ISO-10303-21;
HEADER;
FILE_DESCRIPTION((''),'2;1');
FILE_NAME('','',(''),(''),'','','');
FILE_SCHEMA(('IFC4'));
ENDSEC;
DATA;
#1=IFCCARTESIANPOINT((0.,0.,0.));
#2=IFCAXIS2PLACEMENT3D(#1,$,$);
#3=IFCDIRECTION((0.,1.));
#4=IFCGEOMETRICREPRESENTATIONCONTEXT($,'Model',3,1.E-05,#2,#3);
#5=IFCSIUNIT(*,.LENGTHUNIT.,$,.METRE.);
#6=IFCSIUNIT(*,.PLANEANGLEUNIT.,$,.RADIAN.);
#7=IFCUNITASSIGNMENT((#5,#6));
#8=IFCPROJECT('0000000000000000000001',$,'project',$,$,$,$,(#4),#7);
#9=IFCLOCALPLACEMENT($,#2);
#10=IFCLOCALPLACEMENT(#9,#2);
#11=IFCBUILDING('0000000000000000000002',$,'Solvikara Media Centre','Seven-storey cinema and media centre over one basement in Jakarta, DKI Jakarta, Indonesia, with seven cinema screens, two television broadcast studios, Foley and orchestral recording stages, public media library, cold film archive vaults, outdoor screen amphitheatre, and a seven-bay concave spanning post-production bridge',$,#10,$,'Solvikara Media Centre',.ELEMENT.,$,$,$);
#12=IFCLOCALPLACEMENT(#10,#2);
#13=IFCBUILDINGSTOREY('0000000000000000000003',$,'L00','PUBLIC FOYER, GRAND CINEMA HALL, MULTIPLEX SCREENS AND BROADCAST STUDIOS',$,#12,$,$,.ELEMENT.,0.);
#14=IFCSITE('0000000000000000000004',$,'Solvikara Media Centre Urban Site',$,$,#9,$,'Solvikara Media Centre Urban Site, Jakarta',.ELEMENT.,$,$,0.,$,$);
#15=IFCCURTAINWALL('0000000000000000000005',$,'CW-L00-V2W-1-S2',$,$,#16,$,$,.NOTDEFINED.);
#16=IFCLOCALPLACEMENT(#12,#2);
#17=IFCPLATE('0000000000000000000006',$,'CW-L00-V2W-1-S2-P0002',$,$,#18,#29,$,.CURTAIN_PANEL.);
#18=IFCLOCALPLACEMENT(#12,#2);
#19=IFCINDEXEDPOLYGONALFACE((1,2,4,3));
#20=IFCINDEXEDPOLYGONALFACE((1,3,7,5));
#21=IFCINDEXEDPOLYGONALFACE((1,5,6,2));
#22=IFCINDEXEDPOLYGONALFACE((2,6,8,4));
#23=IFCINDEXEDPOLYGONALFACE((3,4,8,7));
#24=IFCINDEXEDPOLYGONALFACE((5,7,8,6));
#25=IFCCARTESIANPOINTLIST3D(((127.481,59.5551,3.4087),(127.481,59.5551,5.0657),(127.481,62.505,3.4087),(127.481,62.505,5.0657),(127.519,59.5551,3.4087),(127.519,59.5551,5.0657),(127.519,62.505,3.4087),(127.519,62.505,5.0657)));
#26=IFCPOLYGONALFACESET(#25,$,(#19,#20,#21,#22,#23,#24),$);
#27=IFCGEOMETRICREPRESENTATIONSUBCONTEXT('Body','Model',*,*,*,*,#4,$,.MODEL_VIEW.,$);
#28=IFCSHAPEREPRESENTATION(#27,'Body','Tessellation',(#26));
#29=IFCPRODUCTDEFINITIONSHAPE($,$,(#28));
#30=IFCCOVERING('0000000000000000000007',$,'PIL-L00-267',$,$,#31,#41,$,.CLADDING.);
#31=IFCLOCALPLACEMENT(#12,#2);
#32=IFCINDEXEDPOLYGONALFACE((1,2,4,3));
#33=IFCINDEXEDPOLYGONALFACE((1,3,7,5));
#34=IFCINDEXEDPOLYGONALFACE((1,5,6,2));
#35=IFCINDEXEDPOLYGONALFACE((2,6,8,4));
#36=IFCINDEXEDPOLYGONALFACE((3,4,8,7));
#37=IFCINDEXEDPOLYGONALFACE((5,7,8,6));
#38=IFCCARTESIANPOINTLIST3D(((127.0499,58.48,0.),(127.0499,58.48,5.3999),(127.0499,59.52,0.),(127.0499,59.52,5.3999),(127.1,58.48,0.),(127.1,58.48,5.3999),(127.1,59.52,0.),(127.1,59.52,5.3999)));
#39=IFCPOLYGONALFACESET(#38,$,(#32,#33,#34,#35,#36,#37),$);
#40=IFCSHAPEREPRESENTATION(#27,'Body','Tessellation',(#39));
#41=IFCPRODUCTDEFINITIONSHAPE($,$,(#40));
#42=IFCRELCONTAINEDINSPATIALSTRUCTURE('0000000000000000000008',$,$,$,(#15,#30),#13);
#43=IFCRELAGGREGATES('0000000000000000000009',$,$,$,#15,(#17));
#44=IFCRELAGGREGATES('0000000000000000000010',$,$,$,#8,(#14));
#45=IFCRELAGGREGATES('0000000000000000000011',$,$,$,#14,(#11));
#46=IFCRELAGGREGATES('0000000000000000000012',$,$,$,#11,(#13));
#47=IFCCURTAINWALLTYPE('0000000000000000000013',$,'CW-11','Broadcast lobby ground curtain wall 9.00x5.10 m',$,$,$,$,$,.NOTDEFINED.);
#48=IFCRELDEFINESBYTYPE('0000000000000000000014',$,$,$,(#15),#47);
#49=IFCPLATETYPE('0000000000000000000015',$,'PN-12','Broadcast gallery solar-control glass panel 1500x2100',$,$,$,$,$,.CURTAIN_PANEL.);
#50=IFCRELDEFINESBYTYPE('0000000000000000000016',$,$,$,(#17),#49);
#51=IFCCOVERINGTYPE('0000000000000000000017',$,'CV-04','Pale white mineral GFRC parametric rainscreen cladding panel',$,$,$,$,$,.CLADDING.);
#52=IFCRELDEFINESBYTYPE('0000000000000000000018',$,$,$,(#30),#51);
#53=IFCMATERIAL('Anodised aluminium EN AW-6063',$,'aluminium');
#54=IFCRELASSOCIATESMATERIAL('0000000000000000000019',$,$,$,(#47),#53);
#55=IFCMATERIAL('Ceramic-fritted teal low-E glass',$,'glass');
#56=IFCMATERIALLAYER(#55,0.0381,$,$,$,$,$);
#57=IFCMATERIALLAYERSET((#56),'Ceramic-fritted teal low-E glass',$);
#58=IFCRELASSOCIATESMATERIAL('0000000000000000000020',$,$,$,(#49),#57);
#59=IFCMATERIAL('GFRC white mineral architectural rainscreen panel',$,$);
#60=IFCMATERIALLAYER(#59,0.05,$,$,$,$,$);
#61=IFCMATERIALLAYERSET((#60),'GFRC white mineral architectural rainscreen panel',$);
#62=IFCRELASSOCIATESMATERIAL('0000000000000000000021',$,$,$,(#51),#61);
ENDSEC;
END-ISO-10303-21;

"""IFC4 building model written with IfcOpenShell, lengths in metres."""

from ifc_helpers import new_model, si_unit, direction, frame, origin, origin_2d, place, context, subcontext, project, spatial, rectangle, extrude, material, layer, layer_set, type_object, element, aggregate, save


model = new_model("IFC4")

# Units and contexts
model_context = context("Model", 3, precision=1e-05, world=origin(), true_north=direction((0.0, 1.0)))
body_context = subcontext(model_context, "Body", "Model", "MODEL_VIEW")
ifc_project = project(units=[si_unit("LENGTHUNIT", "METRE"), si_unit("PLANEANGLEUNIT", "RADIAN")], contexts=[model_context])

# Site, building, storey
site_placement = place(None, origin())
site = spatial("IfcSite", under=ifc_project, at=site_placement, Name="Solvikara Media Centre Urban Site", LongName="Solvikara Media Centre Urban Site, Jakarta", CompositionType="ELEMENT", RefElevation=0.0)
building_placement = place(site_placement, origin())
building = spatial("IfcBuilding", under=site, at=building_placement, Name="Solvikara Media Centre", Description="Seven-storey cinema and media centre over one basement in Jakarta, DKI Jakarta, Indonesia, with seven cinema screens, two television broadcast studios, Foley and orchestral recording stages, public media library, cold film archive vaults, outdoor screen amphitheatre, and a seven-bay concave spanning post-production bridge", LongName="Solvikara Media Centre", CompositionType="ELEMENT")
storey_placement = place(building_placement, origin())
storey = spatial("IfcBuildingStorey", under=building, at=storey_placement, Name="L00", Description="PUBLIC FOYER, GRAND CINEMA HALL, MULTIPLEX SCREENS AND BROADCAST STUDIOS", CompositionType="ELEMENT", Elevation=0.0)

# Curtain wall
ifc_material_1 = material(Name="Anodised aluminium EN AW-6063", Category="aluminium")
curtain_wall_type = type_object("IfcCurtainWallType", Name="CW-11", Description="Broadcast lobby ground curtain wall 9.00x5.10 m", PredefinedType="NOTDEFINED", material=ifc_material_1)
curtain_wall_1_placement = place(storey_placement, origin())
curtain_wall_1 = element("IfcCurtainWall", 1, at=curtain_wall_1_placement, inside=storey, type_object=curtain_wall_type, Name="CW-L00-V2W-1-S2", PredefinedType="NOTDEFINED")

# Plate
ifc_material_2 = material(Name="Ceramic-fritted teal low-E glass", Category="glass")
ifc_layer_1 = layer(ifc_material_2, 0.0381)
ifc_layer_set_1 = layer_set([ifc_layer_1], Name="Ceramic-fritted teal low-E glass")
plate_type_1 = type_object("IfcPlateType", Name="PN-12", Description="Broadcast gallery solar-control glass panel 1500x2100", PredefinedType="CURTAIN_PANEL", material=ifc_layer_set_1)
plate_1_placement = place(storey_placement, frame((127.5, 61.03, 3.4087), z_axis=(0.0, 0.0, 1.0), x_axis=(0.0, 1.0, 0.0)))
plate_1 = element("IfcPlate", 2, at=plate_1_placement, type_object=plate_type_1, Name="CW-L00-V2W-1-S2-P0002", PredefinedType="CURTAIN_PANEL", context=body_context, shape_type="SweptSolid", body=[
    extrude(rectangle(XDim=2.95, YDim=0.0381, at=origin_2d()), origin(), (0.0, 0.0, 1.0), 1.657),
])
aggregate(curtain_wall_1, [plate_1])

# Covering
ifc_material_3 = material(Name="GFRC white mineral architectural rainscreen panel")
ifc_layer_2 = layer(ifc_material_3, 0.05)
ifc_layer_set_2 = layer_set([ifc_layer_2], Name="GFRC white mineral architectural rainscreen panel")
covering_type = type_object("IfcCoveringType", Name="CV-04", Description="Pale white mineral GFRC parametric rainscreen cladding panel", PredefinedType="CLADDING", material=ifc_layer_set_2)
covering_placement = place(storey_placement, frame((127.075, 59.0, 0.0), z_axis=(0.0, 0.0, 1.0), x_axis=(0.0, -1.0, 0.0)))
element("IfcCovering", 3, at=covering_placement, inside=storey, type_object=covering_type, Name="PIL-L00-267", PredefinedType="CLADDING", context=body_context, shape_type="SweptSolid", body=[
    extrude(rectangle(XDim=1.04, YDim=0.05, at=origin_2d()), origin(), (0.0, 0.0, 1.0), 5.3999),
])

save(model, "model.ifc")
